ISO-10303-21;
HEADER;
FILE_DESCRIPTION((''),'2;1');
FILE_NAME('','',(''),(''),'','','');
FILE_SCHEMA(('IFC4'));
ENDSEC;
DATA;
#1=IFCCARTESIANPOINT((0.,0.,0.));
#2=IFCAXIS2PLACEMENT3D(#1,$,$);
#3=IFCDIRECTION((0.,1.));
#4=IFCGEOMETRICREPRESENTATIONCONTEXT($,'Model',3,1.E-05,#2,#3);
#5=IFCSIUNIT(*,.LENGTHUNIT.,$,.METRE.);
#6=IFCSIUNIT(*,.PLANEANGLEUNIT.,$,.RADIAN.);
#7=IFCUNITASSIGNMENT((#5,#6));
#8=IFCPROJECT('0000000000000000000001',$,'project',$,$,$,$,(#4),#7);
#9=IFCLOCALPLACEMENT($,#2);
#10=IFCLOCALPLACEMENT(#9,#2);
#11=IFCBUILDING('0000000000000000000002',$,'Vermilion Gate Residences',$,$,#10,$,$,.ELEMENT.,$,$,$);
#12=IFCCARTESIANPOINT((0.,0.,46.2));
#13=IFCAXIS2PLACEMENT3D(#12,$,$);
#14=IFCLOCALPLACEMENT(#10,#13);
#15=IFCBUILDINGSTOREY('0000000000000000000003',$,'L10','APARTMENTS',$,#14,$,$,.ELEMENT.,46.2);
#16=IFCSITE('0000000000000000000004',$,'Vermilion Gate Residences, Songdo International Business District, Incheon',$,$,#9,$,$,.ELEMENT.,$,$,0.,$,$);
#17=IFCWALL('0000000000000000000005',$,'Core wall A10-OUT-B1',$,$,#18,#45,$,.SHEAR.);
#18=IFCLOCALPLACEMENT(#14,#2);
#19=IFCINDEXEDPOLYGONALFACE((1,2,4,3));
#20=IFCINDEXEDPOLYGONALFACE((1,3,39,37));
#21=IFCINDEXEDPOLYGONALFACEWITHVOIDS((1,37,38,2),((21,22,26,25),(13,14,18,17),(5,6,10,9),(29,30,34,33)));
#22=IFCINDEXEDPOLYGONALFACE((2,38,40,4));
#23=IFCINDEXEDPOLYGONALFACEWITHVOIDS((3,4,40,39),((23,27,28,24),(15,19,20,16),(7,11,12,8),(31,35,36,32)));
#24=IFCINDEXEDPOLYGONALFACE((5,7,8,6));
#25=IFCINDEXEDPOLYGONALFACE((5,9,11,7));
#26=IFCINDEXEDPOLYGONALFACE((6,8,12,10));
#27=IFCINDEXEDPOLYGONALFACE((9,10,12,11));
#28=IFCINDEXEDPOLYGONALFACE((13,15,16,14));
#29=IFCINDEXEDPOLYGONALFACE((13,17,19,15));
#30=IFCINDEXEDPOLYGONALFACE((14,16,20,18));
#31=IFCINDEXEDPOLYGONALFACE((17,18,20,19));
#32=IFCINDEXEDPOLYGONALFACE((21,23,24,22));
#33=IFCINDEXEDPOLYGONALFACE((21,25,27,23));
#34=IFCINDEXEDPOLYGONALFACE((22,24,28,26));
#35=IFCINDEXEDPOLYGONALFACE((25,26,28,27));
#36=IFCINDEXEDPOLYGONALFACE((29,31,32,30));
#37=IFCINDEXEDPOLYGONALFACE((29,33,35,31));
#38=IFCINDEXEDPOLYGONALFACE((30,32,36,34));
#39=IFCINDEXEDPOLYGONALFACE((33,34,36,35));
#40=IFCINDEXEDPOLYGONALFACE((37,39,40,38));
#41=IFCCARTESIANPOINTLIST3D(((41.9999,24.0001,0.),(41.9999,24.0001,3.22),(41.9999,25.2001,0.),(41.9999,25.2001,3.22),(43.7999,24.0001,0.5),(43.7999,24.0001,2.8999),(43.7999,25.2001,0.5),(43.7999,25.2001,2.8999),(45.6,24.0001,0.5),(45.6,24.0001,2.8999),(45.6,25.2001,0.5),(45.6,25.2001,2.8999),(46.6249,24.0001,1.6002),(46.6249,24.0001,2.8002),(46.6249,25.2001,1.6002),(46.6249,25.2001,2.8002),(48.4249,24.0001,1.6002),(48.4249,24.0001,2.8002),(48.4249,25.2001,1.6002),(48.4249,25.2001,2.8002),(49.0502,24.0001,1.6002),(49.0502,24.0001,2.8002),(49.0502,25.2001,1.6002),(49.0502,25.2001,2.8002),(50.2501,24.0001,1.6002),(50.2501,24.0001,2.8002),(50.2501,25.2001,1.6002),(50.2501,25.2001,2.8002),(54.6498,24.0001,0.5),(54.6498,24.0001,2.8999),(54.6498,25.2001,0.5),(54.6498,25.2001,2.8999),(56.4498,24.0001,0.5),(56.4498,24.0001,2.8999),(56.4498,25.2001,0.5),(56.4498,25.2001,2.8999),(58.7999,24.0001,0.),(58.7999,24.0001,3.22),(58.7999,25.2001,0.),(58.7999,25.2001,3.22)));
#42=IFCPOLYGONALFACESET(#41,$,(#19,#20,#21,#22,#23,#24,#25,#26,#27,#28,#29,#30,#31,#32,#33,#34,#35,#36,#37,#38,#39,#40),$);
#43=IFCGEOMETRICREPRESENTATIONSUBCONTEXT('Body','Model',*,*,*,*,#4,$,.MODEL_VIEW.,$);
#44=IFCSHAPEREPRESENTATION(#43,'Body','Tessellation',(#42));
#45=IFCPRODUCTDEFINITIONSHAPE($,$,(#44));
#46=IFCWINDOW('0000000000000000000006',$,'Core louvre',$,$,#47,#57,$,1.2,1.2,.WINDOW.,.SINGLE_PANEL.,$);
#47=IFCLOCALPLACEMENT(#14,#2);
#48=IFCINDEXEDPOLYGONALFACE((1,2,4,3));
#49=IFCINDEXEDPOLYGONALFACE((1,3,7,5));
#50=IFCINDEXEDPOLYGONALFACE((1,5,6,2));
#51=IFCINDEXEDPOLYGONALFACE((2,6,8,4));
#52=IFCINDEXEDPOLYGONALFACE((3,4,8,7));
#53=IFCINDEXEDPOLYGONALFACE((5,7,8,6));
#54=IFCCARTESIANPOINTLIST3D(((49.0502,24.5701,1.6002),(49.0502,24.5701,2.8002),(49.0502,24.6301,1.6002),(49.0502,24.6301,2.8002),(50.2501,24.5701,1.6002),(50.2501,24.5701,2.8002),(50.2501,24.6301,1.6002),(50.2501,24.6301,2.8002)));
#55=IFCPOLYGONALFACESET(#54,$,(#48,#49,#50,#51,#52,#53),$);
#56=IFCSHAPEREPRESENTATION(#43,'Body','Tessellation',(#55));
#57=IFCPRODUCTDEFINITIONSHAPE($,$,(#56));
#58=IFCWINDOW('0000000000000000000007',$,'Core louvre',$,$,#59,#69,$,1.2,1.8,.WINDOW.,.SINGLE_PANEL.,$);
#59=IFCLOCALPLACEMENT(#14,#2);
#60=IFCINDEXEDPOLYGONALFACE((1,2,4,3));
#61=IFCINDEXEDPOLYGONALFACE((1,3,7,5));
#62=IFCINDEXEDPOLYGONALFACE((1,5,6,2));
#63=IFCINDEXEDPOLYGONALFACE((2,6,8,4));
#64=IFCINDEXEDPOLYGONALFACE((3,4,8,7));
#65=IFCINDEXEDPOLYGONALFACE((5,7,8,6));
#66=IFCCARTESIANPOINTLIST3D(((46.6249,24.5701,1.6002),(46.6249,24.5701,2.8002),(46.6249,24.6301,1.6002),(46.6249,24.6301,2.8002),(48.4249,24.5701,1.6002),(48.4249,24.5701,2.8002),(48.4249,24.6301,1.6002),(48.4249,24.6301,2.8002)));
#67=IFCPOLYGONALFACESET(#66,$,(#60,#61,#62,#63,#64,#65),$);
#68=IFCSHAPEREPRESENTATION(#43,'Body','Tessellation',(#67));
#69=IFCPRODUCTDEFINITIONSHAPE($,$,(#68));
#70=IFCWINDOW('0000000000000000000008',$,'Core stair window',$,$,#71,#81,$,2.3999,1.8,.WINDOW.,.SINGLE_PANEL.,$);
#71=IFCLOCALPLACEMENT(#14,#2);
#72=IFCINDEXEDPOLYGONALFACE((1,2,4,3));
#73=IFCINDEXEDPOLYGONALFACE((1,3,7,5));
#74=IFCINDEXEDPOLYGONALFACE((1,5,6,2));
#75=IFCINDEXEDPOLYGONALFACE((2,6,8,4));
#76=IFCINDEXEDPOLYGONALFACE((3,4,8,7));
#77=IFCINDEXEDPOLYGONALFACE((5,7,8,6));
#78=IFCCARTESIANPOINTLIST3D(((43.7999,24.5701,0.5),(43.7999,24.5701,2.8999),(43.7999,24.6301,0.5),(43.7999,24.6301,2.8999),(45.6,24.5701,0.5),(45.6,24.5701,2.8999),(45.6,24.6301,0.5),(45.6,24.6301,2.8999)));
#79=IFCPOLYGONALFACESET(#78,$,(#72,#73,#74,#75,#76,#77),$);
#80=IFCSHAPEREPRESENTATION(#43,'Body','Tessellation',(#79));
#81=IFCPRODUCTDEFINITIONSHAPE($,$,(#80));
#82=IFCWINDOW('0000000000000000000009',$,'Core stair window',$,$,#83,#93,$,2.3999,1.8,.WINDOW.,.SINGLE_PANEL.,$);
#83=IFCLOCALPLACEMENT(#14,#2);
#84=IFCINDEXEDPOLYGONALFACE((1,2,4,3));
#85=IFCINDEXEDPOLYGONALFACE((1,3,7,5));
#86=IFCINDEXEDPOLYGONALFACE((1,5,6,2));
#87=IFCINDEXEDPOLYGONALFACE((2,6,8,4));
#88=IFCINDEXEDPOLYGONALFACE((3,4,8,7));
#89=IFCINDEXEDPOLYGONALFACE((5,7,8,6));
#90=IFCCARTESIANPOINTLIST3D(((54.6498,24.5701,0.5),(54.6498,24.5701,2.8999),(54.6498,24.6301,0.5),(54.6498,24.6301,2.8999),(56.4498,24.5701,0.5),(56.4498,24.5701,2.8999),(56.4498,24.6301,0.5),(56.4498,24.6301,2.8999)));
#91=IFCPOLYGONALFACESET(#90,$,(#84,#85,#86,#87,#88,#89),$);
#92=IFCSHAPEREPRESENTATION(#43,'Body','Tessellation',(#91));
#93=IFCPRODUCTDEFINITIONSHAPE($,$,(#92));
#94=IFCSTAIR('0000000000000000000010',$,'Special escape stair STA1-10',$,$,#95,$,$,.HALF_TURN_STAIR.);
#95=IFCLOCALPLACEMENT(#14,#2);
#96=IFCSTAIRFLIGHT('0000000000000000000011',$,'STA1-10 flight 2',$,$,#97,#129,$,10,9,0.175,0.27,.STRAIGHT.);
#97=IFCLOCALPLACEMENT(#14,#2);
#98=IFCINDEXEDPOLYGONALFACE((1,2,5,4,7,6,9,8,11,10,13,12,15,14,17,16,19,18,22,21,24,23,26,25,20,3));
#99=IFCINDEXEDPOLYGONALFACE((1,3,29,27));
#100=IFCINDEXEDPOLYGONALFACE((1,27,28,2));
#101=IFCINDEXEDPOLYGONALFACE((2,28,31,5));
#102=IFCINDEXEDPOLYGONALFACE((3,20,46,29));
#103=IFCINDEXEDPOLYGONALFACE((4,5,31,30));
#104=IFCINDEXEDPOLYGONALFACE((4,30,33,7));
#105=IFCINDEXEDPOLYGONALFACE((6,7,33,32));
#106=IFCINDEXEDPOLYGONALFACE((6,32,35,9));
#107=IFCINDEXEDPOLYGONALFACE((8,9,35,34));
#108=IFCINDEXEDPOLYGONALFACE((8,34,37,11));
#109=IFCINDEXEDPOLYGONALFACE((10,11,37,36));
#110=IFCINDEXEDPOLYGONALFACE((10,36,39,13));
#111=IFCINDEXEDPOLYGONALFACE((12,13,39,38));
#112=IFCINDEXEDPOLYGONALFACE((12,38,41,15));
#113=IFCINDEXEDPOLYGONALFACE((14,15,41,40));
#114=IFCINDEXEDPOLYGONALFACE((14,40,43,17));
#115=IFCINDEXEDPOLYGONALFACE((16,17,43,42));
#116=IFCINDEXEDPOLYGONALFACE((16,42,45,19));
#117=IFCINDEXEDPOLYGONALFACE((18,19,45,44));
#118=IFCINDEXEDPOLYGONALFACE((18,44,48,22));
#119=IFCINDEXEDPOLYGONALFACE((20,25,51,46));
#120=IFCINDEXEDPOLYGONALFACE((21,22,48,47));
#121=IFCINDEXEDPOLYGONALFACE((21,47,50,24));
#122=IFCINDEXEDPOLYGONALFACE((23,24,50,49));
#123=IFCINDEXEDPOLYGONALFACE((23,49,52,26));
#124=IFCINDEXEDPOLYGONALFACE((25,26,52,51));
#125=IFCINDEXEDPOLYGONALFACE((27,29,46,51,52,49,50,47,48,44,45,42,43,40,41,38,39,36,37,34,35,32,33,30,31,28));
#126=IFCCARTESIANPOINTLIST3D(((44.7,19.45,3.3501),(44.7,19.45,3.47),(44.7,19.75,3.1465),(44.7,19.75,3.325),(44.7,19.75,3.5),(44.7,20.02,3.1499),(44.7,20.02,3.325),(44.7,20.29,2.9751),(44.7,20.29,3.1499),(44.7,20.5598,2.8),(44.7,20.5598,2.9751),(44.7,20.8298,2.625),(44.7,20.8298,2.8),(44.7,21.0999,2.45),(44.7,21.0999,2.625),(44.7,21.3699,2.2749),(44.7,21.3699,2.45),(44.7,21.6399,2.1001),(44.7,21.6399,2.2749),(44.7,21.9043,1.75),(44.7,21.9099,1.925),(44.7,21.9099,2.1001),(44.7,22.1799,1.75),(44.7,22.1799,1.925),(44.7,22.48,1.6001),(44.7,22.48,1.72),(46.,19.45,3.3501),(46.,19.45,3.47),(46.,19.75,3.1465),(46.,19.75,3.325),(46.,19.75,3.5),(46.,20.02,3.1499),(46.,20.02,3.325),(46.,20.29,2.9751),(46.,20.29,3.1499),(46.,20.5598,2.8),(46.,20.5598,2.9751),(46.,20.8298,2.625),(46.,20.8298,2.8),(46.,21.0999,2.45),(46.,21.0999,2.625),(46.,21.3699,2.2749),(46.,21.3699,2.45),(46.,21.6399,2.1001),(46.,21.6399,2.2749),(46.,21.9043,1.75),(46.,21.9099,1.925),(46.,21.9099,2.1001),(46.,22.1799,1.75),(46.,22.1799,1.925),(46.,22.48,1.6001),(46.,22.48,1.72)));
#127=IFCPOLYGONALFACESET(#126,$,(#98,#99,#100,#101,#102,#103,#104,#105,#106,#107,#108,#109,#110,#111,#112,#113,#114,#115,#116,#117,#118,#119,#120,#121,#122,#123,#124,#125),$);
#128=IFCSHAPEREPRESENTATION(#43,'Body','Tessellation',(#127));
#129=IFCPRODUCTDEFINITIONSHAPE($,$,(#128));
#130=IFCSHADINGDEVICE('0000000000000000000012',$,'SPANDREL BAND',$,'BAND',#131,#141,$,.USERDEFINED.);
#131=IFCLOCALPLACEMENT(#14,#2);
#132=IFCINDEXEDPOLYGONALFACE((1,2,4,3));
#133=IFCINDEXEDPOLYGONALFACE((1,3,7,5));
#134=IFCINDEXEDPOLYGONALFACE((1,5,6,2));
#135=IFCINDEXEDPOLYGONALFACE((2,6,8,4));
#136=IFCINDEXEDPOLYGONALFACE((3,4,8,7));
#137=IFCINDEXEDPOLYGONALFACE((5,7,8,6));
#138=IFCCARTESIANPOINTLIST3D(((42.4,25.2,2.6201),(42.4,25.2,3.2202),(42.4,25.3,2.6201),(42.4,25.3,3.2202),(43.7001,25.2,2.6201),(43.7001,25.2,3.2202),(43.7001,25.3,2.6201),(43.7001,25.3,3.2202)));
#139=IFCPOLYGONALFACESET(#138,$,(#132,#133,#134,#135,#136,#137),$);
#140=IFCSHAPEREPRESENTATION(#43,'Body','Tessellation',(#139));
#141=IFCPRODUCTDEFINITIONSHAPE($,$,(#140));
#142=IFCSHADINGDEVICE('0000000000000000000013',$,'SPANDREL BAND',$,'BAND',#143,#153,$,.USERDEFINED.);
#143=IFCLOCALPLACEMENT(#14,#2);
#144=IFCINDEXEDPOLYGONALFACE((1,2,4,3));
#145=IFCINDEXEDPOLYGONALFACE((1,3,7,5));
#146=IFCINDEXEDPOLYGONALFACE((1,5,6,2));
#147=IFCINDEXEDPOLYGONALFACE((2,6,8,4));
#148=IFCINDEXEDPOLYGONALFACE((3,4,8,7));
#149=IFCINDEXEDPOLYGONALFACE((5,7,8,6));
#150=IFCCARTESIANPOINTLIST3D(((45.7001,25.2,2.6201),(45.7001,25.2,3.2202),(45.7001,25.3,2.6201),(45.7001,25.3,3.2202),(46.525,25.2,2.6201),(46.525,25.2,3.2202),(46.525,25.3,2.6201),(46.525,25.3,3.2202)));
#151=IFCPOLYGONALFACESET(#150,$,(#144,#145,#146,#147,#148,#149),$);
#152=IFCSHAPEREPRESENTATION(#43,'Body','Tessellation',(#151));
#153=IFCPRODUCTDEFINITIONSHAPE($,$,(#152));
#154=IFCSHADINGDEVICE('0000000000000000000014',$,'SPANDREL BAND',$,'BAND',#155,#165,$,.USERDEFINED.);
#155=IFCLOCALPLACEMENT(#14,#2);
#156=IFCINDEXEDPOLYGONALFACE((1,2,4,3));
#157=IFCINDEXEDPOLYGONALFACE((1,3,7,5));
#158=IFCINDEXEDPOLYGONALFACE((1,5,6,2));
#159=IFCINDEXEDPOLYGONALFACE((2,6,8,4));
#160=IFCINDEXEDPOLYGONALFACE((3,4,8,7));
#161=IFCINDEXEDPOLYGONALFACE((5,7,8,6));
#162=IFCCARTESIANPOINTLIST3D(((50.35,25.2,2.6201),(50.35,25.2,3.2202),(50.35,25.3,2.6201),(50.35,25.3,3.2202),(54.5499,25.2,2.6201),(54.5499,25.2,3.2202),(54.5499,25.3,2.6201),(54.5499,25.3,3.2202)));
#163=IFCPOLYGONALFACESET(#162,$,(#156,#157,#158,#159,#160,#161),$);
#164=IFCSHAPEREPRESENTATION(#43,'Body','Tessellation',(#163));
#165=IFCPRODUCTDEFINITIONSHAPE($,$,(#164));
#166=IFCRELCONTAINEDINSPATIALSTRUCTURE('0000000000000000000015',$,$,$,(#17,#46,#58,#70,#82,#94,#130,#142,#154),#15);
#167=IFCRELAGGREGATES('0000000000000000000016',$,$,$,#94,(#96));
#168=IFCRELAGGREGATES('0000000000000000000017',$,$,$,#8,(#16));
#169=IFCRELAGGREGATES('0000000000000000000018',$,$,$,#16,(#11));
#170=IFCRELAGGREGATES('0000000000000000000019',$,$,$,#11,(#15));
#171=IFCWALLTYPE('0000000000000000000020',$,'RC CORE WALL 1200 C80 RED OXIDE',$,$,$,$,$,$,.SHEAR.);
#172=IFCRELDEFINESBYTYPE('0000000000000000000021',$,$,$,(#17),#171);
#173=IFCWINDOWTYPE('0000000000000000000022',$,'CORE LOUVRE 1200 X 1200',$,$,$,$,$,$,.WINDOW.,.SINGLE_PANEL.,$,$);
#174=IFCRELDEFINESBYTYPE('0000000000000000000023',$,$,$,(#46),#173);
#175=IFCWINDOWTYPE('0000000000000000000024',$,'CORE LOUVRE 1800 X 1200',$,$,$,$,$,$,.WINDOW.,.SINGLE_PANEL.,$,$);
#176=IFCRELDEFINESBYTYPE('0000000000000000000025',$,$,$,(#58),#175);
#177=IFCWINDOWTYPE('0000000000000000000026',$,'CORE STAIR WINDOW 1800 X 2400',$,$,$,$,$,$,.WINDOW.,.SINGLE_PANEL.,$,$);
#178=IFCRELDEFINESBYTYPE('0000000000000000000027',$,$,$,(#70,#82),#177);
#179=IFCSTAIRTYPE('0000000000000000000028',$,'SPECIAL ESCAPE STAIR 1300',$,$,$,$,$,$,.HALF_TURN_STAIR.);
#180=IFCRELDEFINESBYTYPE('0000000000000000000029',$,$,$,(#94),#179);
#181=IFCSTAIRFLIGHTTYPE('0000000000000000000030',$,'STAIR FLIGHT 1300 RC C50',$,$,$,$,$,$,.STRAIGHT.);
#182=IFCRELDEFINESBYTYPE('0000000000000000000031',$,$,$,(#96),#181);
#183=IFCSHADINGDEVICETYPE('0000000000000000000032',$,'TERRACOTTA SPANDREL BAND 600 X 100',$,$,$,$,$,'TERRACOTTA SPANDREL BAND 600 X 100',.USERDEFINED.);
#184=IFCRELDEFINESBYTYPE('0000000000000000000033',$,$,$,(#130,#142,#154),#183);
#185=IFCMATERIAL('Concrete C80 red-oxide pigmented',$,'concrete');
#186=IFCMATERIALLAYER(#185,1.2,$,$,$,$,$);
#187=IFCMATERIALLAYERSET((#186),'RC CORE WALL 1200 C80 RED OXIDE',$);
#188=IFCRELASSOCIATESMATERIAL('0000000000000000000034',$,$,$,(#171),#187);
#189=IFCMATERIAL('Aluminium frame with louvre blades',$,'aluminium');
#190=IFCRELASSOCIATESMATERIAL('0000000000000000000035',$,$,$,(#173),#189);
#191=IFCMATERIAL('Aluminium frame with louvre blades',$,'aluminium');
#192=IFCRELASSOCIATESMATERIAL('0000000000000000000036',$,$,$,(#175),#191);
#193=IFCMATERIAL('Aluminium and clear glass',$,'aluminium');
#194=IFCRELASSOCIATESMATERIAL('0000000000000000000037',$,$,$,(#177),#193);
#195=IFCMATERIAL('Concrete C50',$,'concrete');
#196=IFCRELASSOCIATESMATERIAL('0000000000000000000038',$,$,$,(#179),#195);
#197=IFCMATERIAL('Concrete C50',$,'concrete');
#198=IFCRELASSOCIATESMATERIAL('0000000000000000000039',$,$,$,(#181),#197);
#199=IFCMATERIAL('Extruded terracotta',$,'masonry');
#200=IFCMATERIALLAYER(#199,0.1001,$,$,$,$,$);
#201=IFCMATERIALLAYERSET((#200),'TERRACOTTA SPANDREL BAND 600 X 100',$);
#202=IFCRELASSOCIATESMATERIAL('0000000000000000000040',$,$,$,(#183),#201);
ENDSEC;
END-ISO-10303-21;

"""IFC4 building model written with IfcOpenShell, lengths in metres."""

from ifc_helpers import new_model, si_unit, direction, frame, frame_2d, origin, origin_2d, place, context, subcontext, project, spatial, polyline, rectangle, outline, extrude, material, layer, layer_set, type_object, element, fill, aggregate, save


model = new_model("IFC4")

# Units and contexts
model_context = context("Model", 3, precision=1e-05, world=origin(), true_north=direction((0.0, 1.0)))
body_context = subcontext(model_context, "Body", "Model", "MODEL_VIEW")
ifc_project = project(units=[si_unit("LENGTHUNIT", "METRE"), si_unit("PLANEANGLEUNIT", "RADIAN")], contexts=[model_context])

# Site, building, storey
site_placement = place(None, origin())
site = spatial("IfcSite", under=ifc_project, at=site_placement, Name="Vermilion Gate Residences, Songdo International Business District, Incheon", CompositionType="ELEMENT", RefElevation=0.0)
building_placement = place(site_placement, origin())
building = spatial("IfcBuilding", under=site, at=building_placement, Name="Vermilion Gate Residences", CompositionType="ELEMENT")
storey_placement = place(building_placement, frame((0.0, 0.0, 46.2)))
storey = spatial("IfcBuildingStorey", under=building, at=storey_placement, Name="L10", Description="APARTMENTS", CompositionType="ELEMENT", Elevation=46.2)

# Wall, openings, windows
ifc_material_1 = material(Name="Concrete C80 red-oxide pigmented", Category="concrete")
ifc_layer_1 = layer(ifc_material_1, 1.2)
ifc_layer_set_1 = layer_set([ifc_layer_1], Name="RC CORE WALL 1200 C80 RED OXIDE")
wall_type_1 = type_object("IfcWallType", Name="RC CORE WALL 1200 C80 RED OXIDE", PredefinedType="SHEAR", material=ifc_layer_set_1)
wall_1_placement = place(storey_placement, frame((42.0, 24.6001, 0.0), z_axis=(0.0, 0.0, 1.0), x_axis=(1.0, 0.0, 0.0)))
wall_1 = element("IfcWall", 1, at=wall_1_placement, inside=storey, type_object=wall_type_1, Name="Core wall A10-OUT-B1", PredefinedType="SHEAR", context=body_context, shape_type="SweptSolid", body=[
    extrude(rectangle(XDim=16.8, YDim=1.2, at=frame_2d((8.3999, 0.0))), origin(), (0.0, 0.0, 1.0), 3.22),
])
opening_1_placement = place(wall_1_placement, frame((1.8, 0.0, 0.5)))
opening_1 = element("IfcOpeningElement", 2, at=opening_1_placement, cuts=wall_1, PredefinedType="OPENING", context=body_context, shape_type="SweptSolid", body=[
    extrude(rectangle(XDim=1.8, YDim=2.3999, at=frame_2d((0.8999, 1.2))), frame((0.0, 0.6099, 0.0), z_axis=(0.0, -1.0, 0.0), x_axis=(1.0, 0.0, 0.0)), (0.0, 0.0, 1.0), 1.22),
])
opening_2_placement = place(wall_1_placement, frame((4.625, 0.0, 1.6001)))
opening_2 = element("IfcOpeningElement", 3, at=opening_2_placement, cuts=wall_1, PredefinedType="OPENING", context=body_context, shape_type="SweptSolid", body=[
    extrude(rectangle(XDim=1.8, YDim=1.2, at=frame_2d((0.8999, 0.6001))), frame((0.0, 0.6099, 0.0), z_axis=(0.0, -1.0, 0.0), x_axis=(1.0, 0.0, 0.0)), (0.0, 0.0, 1.0), 1.22),
])
opening_3_placement = place(wall_1_placement, frame((7.05, 0.0, 1.6001)))
opening_3 = element("IfcOpeningElement", 4, at=opening_3_placement, cuts=wall_1, PredefinedType="OPENING", context=body_context, shape_type="SweptSolid", body=[
    extrude(rectangle(XDim=1.2, YDim=1.2, at=frame_2d((0.6001, 0.6001))), frame((0.0, 0.6099, 0.0), z_axis=(0.0, -1.0, 0.0), x_axis=(1.0, 0.0, 0.0)), (0.0, 0.0, 1.0), 1.22),
])
opening_4_placement = place(wall_1_placement, frame((12.6499, 0.0, 0.5)))
opening_4 = element("IfcOpeningElement", 5, at=opening_4_placement, cuts=wall_1, PredefinedType="OPENING", context=body_context, shape_type="SweptSolid", body=[
    extrude(rectangle(XDim=1.8, YDim=2.3999, at=frame_2d((0.8999, 1.2))), frame((0.0, 0.6099, 0.0), z_axis=(0.0, -1.0, 0.0), x_axis=(1.0, 0.0, 0.0)), (0.0, 0.0, 1.0), 1.22),
])
ifc_material_2 = material(Name="Aluminium frame with louvre blades", Category="aluminium")
window_type_1 = type_object("IfcWindowType", Name="CORE LOUVRE 1200 X 1200", PartitioningType="SINGLE_PANEL", PredefinedType="WINDOW", material=ifc_material_2)
window_1_placement = place(opening_3_placement, origin())
window_1 = element("IfcWindow", 6, at=window_1_placement, inside=storey, type_object=window_type_1, Name="Core louvre", OverallHeight=1.2, OverallWidth=1.2, PartitioningType="SINGLE_PANEL", PredefinedType="WINDOW", context=body_context, shape_type="SweptSolid", body=[
    extrude(rectangle(XDim=1.2, YDim=1.2, at=frame_2d((0.6001, 0.6001))), frame((0.0, 0.03, 0.0), z_axis=(0.0, -1.0, 0.0), x_axis=(1.0, 0.0, 0.0)), (0.0, 0.0, 1.0), 0.0601),
])
fill(opening_3, window_1)
ifc_material_3 = material(Name="Aluminium frame with louvre blades", Category="aluminium")
window_type_2 = type_object("IfcWindowType", Name="CORE LOUVRE 1800 X 1200", PartitioningType="SINGLE_PANEL", PredefinedType="WINDOW", material=ifc_material_3)
window_2_placement = place(opening_2_placement, origin())
window_2 = element("IfcWindow", 7, at=window_2_placement, inside=storey, type_object=window_type_2, Name="Core louvre", OverallHeight=1.2, OverallWidth=1.8, PartitioningType="SINGLE_PANEL", PredefinedType="WINDOW", context=body_context, shape_type="SweptSolid", body=[
    extrude(rectangle(XDim=1.8, YDim=1.2, at=frame_2d((0.8999, 0.6001))), frame((0.0, 0.03, 0.0), z_axis=(0.0, -1.0, 0.0), x_axis=(1.0, 0.0, 0.0)), (0.0, 0.0, 1.0), 0.0601),
])
fill(opening_2, window_2)
ifc_material_4 = material(Name="Aluminium and clear glass", Category="aluminium")
window_type_3 = type_object("IfcWindowType", Name="CORE STAIR WINDOW 1800 X 2400", PartitioningType="SINGLE_PANEL", PredefinedType="WINDOW", material=ifc_material_4)
window_3_placement = place(opening_1_placement, origin())
window_3 = element("IfcWindow", 8, at=window_3_placement, inside=storey, type_object=window_type_3, Name="Core stair window", OverallHeight=2.3999, OverallWidth=1.8, PartitioningType="SINGLE_PANEL", PredefinedType="WINDOW", context=body_context, shape_type="SweptSolid", body=[
    extrude(rectangle(XDim=1.8, YDim=2.3999, at=frame_2d((0.8999, 1.2))), frame((0.0, 0.03, 0.0), z_axis=(0.0, -1.0, 0.0), x_axis=(1.0, 0.0, 0.0)), (0.0, 0.0, 1.0), 0.0601),
])
fill(opening_1, window_3)
window_4_placement = place(opening_4_placement, origin())
window_4 = element("IfcWindow", 9, at=window_4_placement, inside=storey, type_object=window_type_3, Name="Core stair window", OverallHeight=2.3999, OverallWidth=1.8, PartitioningType="SINGLE_PANEL", PredefinedType="WINDOW", context=body_context, shape_type="SweptSolid", body=[
    extrude(rectangle(XDim=1.8, YDim=2.3999, at=frame_2d((0.8999, 1.2))), frame((0.0, 0.03, 0.0), z_axis=(0.0, -1.0, 0.0), x_axis=(1.0, 0.0, 0.0)), (0.0, 0.0, 1.0), 0.0601),
])
fill(opening_4, window_4)

# Stair, stair flight
ifc_material_5 = material(Name="Concrete C50", Category="concrete")
stair_type = type_object("IfcStairType", Name="SPECIAL ESCAPE STAIR 1300", PredefinedType="HALF_TURN_STAIR", material=ifc_material_5)
stair_placement = place(storey_placement, origin())
stair = element("IfcStair", 10, at=stair_placement, inside=storey, type_object=stair_type, Name="Special escape stair STA1-10", PredefinedType="HALF_TURN_STAIR")
ifc_material_6 = material(Name="Concrete C50", Category="concrete")
stair_flight_type = type_object("IfcStairFlightType", Name="STAIR FLIGHT 1300 RC C50", PredefinedType="STRAIGHT", material=ifc_material_6)
stair_flight_placement = place(storey_placement, frame((45.3501, 22.1799, 1.75), z_axis=(0.0, 0.0, 1.0), x_axis=(0.0, -1.0, 0.0)))
stair_flight = element("IfcStairFlight", 11, at=stair_flight_placement, type_object=stair_flight_type, Name="STA1-10 flight 2", NumberOfRisers=10, NumberOfTreads=9, PredefinedType="STRAIGHT", RiserHeight=0.175, TreadLength=0.27, context=body_context, shape_type="SweptSolid", body=[
    extrude(outline(polyline([(-0.3, -0.1499), (-0.3, -0.03), (0.0, 0.0), (0.0, 0.175), (0.27, 0.175), (0.27, 0.3501), (0.54, 0.3501), (0.54, 0.5249), (0.8101, 0.5249), (0.8101, 0.7), (1.0801, 0.7), (1.0801, 0.875), (1.3501, 0.875), (1.3501, 1.05), (1.6201, 1.05), (1.6201, 1.2251), (1.8899, 1.2251), (1.8899, 1.3999), (2.1599, 1.3999), (2.1599, 1.575), (2.4299, 1.575), (2.4299, 1.75), (2.73, 1.72), (2.73, 1.6001), (2.4299, 1.3965), (0.2756, 0.0), (-0.3, -0.1499)])), frame((0.0, 0.6499, 0.0), z_axis=(0.0, -1.0, 0.0), x_axis=(1.0, 0.0, 0.0)), (0.0, 0.0, 1.0), 1.3),
])
aggregate(stair, [stair_flight])

# Shading devices
ifc_material_7 = material(Name="Extruded terracotta", Category="masonry")
ifc_layer_2 = layer(ifc_material_7, 0.1001)
ifc_layer_set_2 = layer_set([ifc_layer_2], Name="TERRACOTTA SPANDREL BAND 600 X 100")
shading_device_type = type_object("IfcShadingDeviceType", Name="TERRACOTTA SPANDREL BAND 600 X 100", ElementType="TERRACOTTA SPANDREL BAND 600 X 100", PredefinedType="USERDEFINED", material=ifc_layer_set_2)
shading_device_1_placement = place(storey_placement, frame((43.05, 25.25, 2.6201), z_axis=(0.0, 0.0, 1.0), x_axis=(1.0, 0.0, 0.0)))
element("IfcShadingDevice", 12, at=shading_device_1_placement, inside=storey, type_object=shading_device_type, Name="SPANDREL BAND", ObjectType="BAND", PredefinedType="USERDEFINED", context=body_context, shape_type="SweptSolid", body=[
    extrude(rectangle(XDim=1.3, YDim=0.1001, at=origin_2d()), origin(), (0.0, 0.0, 1.0), 0.6001),
])
shading_device_2_placement = place(storey_placement, frame((46.1125, 25.25, 2.6201), z_axis=(0.0, 0.0, 1.0), x_axis=(1.0, 0.0, 0.0)))
element("IfcShadingDevice", 13, at=shading_device_2_placement, inside=storey, type_object=shading_device_type, Name="SPANDREL BAND", ObjectType="BAND", PredefinedType="USERDEFINED", context=body_context, shape_type="SweptSolid", body=[
    extrude(rectangle(XDim=0.825, YDim=0.1001, at=origin_2d()), origin(), (0.0, 0.0, 1.0), 0.6001),
])
shading_device_3_placement = place(storey_placement, frame((52.45, 25.25, 2.6201), z_axis=(0.0, 0.0, 1.0), x_axis=(1.0, 0.0, 0.0)))
element("IfcShadingDevice", 14, at=shading_device_3_placement, inside=storey, type_object=shading_device_type, Name="SPANDREL BAND", ObjectType="BAND", PredefinedType="USERDEFINED", context=body_context, shape_type="SweptSolid", body=[
    extrude(rectangle(XDim=4.2, YDim=0.1001, at=origin_2d()), origin(), (0.0, 0.0, 1.0), 0.6001),
])

save(model, "model.ifc")
